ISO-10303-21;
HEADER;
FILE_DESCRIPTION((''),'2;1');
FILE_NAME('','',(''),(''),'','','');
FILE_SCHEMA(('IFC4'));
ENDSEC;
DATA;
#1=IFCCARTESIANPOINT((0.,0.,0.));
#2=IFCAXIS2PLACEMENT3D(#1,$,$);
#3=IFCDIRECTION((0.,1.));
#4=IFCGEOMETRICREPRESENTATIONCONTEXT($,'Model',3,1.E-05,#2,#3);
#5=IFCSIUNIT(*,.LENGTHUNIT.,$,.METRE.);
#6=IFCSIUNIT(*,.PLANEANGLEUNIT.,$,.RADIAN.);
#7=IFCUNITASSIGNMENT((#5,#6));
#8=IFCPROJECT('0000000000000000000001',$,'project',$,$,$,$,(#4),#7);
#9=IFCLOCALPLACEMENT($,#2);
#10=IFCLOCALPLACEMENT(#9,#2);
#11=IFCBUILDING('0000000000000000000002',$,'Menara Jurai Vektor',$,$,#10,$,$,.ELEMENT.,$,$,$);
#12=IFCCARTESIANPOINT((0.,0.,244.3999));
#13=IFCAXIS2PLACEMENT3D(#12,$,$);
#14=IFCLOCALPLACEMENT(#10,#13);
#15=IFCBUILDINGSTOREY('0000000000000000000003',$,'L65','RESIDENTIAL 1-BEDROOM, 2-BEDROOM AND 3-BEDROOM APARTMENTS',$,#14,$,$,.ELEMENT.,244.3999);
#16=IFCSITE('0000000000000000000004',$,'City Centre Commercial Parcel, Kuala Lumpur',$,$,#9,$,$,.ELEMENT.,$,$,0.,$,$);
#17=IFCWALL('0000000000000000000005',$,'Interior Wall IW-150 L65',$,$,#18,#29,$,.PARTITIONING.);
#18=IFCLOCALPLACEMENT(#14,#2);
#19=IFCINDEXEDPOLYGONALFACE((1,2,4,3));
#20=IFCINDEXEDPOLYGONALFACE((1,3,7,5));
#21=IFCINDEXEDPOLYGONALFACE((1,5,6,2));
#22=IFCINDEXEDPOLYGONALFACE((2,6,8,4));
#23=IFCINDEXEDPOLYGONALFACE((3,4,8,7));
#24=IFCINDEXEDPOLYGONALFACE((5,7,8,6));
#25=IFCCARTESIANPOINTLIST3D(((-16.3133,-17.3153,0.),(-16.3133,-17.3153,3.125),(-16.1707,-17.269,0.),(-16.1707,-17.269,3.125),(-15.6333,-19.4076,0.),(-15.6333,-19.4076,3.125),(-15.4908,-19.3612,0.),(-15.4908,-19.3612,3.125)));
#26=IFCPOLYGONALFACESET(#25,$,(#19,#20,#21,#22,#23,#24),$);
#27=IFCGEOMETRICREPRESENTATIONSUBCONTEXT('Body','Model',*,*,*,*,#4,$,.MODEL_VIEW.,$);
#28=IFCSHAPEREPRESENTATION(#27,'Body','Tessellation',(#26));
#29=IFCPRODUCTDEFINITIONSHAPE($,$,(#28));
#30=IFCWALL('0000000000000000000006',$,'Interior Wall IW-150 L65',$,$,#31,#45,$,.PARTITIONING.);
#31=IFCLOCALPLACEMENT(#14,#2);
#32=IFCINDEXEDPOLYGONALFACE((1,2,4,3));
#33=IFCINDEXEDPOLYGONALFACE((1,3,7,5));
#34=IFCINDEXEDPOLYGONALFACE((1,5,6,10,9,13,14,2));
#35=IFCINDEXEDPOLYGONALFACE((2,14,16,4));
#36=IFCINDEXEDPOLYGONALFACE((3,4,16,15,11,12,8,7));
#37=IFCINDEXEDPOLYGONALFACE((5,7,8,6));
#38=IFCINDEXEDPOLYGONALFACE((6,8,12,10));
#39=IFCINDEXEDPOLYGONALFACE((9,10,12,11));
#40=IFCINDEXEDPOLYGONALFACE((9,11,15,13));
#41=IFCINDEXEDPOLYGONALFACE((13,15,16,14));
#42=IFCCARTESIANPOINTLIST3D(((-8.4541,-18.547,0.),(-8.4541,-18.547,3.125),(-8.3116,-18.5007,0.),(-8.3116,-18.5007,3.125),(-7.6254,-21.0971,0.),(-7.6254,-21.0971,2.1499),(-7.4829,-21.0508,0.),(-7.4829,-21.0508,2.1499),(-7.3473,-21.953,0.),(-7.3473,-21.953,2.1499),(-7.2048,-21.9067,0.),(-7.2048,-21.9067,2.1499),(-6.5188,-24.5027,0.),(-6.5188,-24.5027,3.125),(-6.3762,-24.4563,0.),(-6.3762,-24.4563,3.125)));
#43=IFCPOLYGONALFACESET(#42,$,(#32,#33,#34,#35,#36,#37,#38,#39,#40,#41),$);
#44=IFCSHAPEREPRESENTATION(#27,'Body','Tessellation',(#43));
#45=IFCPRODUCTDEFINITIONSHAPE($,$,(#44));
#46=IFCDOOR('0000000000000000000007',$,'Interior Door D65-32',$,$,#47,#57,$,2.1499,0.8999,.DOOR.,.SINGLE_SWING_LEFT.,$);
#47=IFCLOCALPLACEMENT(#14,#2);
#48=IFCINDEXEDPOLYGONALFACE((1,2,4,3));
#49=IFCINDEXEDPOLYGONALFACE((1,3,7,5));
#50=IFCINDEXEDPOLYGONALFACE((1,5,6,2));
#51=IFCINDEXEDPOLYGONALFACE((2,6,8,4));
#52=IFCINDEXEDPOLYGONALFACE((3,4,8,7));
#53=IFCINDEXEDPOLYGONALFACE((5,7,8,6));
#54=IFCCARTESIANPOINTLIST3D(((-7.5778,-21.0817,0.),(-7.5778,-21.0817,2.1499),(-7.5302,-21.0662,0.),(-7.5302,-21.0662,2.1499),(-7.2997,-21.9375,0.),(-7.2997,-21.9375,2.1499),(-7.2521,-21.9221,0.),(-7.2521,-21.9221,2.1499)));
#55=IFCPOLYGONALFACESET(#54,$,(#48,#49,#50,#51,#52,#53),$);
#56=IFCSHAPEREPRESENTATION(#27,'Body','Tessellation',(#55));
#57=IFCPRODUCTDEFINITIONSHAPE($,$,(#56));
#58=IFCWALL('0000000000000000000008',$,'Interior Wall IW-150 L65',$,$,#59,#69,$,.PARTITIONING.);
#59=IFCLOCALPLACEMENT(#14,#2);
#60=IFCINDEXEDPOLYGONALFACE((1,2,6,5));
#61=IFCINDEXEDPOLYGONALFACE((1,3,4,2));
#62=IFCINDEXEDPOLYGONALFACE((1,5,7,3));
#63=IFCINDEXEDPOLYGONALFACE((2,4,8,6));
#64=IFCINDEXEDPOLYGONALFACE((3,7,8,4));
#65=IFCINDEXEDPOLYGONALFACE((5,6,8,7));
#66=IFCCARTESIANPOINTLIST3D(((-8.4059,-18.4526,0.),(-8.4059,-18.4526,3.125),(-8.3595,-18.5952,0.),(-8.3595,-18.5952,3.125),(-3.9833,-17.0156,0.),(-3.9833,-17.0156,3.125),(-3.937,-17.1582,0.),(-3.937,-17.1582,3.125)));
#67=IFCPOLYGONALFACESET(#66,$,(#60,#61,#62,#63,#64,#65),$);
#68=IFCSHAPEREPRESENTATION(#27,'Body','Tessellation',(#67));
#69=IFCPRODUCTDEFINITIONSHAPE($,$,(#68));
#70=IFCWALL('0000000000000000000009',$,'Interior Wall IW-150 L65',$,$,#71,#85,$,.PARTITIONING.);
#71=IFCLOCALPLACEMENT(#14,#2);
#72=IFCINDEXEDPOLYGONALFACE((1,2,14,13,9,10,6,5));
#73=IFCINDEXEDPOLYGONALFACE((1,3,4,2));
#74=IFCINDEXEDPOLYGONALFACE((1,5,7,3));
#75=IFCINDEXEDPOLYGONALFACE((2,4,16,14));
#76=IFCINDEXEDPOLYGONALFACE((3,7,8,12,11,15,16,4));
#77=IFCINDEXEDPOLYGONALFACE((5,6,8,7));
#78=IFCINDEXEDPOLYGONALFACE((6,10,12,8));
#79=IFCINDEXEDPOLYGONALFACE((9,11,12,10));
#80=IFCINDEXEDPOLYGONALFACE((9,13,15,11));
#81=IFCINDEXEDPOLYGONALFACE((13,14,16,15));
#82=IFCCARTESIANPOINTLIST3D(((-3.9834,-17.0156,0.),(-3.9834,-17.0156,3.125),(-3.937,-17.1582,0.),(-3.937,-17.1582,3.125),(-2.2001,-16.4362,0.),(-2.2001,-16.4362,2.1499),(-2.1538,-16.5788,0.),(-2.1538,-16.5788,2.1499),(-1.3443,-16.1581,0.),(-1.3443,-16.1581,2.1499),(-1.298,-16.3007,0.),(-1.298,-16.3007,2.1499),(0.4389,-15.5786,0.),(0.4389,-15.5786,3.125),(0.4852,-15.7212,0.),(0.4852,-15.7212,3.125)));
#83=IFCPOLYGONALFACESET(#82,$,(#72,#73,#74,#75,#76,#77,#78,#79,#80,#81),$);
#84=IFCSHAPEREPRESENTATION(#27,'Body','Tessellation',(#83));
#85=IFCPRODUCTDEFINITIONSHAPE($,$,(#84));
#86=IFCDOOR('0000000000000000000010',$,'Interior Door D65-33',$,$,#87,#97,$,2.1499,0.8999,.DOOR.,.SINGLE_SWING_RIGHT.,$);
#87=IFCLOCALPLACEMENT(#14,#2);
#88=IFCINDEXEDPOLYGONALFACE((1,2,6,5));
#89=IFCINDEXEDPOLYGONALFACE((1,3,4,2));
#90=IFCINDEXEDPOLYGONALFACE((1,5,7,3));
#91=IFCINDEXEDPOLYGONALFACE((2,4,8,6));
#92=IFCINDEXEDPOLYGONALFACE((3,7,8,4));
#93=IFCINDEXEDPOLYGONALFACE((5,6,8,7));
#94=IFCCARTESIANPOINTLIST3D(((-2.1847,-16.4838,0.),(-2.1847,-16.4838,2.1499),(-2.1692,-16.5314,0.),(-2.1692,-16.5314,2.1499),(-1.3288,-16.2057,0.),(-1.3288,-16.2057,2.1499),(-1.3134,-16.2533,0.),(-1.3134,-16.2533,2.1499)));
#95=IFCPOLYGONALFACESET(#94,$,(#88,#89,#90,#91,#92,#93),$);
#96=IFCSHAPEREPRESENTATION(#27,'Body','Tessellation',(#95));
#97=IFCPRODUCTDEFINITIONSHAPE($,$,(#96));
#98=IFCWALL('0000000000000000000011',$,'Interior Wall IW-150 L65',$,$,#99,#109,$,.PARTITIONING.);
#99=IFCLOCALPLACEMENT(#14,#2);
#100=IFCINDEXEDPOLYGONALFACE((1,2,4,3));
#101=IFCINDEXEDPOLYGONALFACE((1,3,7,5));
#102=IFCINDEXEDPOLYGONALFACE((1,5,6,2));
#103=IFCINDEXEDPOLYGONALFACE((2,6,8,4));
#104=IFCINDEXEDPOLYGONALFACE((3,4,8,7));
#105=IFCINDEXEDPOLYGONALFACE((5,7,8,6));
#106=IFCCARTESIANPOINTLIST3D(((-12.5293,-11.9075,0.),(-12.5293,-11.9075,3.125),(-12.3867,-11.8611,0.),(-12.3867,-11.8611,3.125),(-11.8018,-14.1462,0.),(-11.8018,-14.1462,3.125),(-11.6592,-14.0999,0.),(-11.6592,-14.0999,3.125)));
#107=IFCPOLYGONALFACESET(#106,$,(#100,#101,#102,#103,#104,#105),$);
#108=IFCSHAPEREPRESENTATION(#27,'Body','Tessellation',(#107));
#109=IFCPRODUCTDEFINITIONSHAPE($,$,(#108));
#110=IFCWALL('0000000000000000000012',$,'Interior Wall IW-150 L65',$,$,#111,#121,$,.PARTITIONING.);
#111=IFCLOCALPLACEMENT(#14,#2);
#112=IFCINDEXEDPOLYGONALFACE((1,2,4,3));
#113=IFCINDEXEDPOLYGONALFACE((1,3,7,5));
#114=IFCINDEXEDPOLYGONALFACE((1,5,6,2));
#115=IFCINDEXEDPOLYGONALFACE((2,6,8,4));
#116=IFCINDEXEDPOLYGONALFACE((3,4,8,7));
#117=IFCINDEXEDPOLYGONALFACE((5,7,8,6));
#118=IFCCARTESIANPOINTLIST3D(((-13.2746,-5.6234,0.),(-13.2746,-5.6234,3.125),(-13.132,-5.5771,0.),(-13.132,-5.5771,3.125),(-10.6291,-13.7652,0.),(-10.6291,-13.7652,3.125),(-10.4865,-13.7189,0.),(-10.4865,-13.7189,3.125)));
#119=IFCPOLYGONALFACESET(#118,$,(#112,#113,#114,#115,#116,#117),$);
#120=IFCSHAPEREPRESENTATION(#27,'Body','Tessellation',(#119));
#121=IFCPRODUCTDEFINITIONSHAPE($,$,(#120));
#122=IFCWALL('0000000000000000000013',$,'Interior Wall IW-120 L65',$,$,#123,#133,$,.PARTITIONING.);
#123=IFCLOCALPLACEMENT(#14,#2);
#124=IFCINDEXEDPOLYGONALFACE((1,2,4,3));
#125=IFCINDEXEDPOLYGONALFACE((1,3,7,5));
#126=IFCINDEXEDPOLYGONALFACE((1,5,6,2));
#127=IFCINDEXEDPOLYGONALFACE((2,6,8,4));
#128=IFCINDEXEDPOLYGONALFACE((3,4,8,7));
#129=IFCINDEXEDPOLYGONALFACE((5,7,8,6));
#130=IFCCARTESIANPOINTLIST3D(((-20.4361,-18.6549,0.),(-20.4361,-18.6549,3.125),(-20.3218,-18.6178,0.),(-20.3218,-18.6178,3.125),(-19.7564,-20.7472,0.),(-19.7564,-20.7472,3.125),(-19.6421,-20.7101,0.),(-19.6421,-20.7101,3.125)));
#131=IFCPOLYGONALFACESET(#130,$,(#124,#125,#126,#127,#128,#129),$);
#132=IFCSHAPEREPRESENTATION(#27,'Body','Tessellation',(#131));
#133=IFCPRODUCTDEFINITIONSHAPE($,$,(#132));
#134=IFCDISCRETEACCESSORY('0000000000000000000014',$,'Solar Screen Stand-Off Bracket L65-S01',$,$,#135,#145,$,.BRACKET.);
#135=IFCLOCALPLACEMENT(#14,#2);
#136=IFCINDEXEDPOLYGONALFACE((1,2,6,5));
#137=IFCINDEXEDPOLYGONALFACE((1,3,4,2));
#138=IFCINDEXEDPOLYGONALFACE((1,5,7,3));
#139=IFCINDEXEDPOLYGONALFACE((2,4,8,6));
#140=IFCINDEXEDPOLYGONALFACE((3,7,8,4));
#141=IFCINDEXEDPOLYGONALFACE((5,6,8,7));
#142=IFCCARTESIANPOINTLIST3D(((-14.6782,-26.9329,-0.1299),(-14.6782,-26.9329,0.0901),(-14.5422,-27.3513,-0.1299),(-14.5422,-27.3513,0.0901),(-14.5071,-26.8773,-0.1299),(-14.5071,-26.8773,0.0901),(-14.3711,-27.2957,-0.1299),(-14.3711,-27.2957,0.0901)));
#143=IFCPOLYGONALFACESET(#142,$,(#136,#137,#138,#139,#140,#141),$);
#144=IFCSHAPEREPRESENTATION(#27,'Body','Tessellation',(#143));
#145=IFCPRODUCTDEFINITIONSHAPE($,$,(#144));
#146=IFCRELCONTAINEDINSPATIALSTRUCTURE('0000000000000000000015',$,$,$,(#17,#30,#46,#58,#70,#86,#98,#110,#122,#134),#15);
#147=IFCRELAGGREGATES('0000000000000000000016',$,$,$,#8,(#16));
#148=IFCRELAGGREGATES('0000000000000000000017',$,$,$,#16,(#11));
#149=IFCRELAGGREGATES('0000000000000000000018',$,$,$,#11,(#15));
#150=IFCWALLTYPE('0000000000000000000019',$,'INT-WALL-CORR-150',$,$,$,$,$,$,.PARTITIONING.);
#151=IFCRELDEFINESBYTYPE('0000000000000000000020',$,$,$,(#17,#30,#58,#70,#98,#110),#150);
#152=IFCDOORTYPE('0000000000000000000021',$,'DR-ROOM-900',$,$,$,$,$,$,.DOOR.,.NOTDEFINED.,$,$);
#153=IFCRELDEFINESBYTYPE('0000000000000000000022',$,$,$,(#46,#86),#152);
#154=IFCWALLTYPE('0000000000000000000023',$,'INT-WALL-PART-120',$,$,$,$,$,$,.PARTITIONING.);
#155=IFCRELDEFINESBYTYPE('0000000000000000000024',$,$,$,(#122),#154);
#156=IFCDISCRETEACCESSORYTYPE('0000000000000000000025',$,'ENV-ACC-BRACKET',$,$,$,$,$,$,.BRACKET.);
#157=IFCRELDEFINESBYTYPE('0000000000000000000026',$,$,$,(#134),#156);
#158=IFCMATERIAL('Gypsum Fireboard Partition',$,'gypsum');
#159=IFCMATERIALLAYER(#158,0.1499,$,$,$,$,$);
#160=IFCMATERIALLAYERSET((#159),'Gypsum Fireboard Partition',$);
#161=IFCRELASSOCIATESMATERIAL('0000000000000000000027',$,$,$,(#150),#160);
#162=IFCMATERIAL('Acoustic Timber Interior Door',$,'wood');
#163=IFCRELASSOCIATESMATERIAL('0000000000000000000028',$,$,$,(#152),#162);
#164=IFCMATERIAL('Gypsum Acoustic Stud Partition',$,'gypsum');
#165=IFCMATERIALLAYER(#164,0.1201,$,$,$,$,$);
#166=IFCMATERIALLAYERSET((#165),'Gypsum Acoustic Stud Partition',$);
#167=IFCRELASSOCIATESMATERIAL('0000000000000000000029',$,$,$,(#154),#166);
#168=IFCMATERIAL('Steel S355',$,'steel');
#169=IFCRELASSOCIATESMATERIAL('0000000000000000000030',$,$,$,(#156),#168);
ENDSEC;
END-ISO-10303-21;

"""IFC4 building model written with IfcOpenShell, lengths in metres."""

from ifc_helpers import new_model, si_unit, direction, frame, frame_2d, origin, origin_2d, place, context, subcontext, project, spatial, rectangle, extrude, material, layer, layer_set, type_object, element, fill, save


model = new_model("IFC4")

# Units and contexts
model_context = context("Model", 3, precision=1e-05, world=origin(), true_north=direction((0.0, 1.0)))
body_context = subcontext(model_context, "Body", "Model", "MODEL_VIEW")
ifc_project = project(units=[si_unit("LENGTHUNIT", "METRE"), si_unit("PLANEANGLEUNIT", "RADIAN")], contexts=[model_context])

# Site, building, storey
site_placement = place(None, origin())
site = spatial("IfcSite", under=ifc_project, at=site_placement, Name="City Centre Commercial Parcel, Kuala Lumpur", CompositionType="ELEMENT", RefElevation=0.0)
building_placement = place(site_placement, origin())
building = spatial("IfcBuilding", under=site, at=building_placement, Name="Menara Jurai Vektor", CompositionType="ELEMENT")
storey_placement = place(building_placement, frame((0.0, 0.0, 244.3999)))
storey = spatial("IfcBuildingStorey", under=building, at=storey_placement, Name="L65", Description="RESIDENTIAL 1-BEDROOM, 2-BEDROOM AND 3-BEDROOM APARTMENTS", CompositionType="ELEMENT", Elevation=244.3999)

# Shared definitions
ifc_material_1 = material(Name="Steel S355", Category="steel")

# Shared definitions
ifc_material_2 = material(Name="Gypsum Fireboard Partition", Category="gypsum")
ifc_layer_1 = layer(ifc_material_2, 0.1499)
ifc_layer_set_1 = layer_set([ifc_layer_1], Name="Gypsum Fireboard Partition")
wall_type_1 = type_object("IfcWallType", Name="INT-WALL-CORR-150", PredefinedType="PARTITIONING", material=ifc_layer_set_1)

# Wall
wall_1_placement = place(storey_placement, frame((-15.562, -19.3845, 0.0), z_axis=(0.0, 0.0, 1.0), x_axis=(-0.309061, 0.951042, 0.0)))
element("IfcWall", 1, at=wall_1_placement, inside=storey, type_object=wall_type_1, Name="Interior Wall IW-150 L65", PredefinedType="PARTITIONING", context=body_context, shape_type="SweptSolid", body=[
    extrude(rectangle(XDim=2.2, YDim=0.1499, at=frame_2d((1.1001, 0.0))), origin(), (0.0, 0.0, 1.0), 3.125),
])

# Wall, opening, door
wall_2_placement = place(storey_placement, frame((-6.4475, -24.4795, 0.0), z_axis=(0.0, 0.0, 1.0), x_axis=(-0.309049, 0.951046, 0.0)))
wall_2 = element("IfcWall", 2, at=wall_2_placement, inside=storey, type_object=wall_type_1, Name="Interior Wall IW-150 L65", PredefinedType="PARTITIONING", context=body_context, shape_type="SweptSolid", body=[
    extrude(rectangle(XDim=6.2622, YDim=0.1499, at=frame_2d((3.1311, 0.0))), origin(), (0.0, 0.0, 1.0), 3.125),
])
opening_1_placement = place(wall_2_placement, frame((2.6809, 0.0, 0.0)))
opening_1 = element("IfcOpeningElement", 3, at=opening_1_placement, cuts=wall_2, PredefinedType="OPENING", context=body_context, shape_type="SweptSolid", body=[
    extrude(rectangle(XDim=0.8999, YDim=2.1499, at=frame_2d((0.45, 1.075))), frame((0.0, 0.085, 0.0), z_axis=(0.0, -1.0, 0.0), x_axis=(1.0, 0.0, 0.0)), (0.0, 0.0, 1.0), 0.1699),
])
ifc_material_3 = material(Name="Acoustic Timber Interior Door", Category="wood")
door_type_1 = type_object("IfcDoorType", Name="DR-ROOM-900", OperationType="NOTDEFINED", PredefinedType="DOOR", material=ifc_material_3)
door_1_placement = place(opening_1_placement, origin())
door_1 = element("IfcDoor", 4, at=door_1_placement, inside=storey, type_object=door_type_1, Name="Interior Door D65-32", OperationType="SINGLE_SWING_LEFT", OverallHeight=2.1499, OverallWidth=0.8999, PredefinedType="DOOR", context=body_context, shape_type="SweptSolid", body=[
    extrude(rectangle(XDim=0.8999, YDim=2.1499, at=frame_2d((0.45, 1.075))), frame((0.0, 0.0249, 0.0), z_axis=(0.0, -1.0, 0.0), x_axis=(1.0, 0.0, 0.0)), (0.0, 0.0, 1.0), 0.05),
])
fill(opening_1, door_1)

# Wall
wall_3_placement = place(storey_placement, frame((-8.3828, -18.5239, 0.0), z_axis=(0.0, 0.0, 1.0), x_axis=(0.951055, 0.309021, 0.0)))
element("IfcWall", 5, at=wall_3_placement, inside=storey, type_object=wall_type_1, Name="Interior Wall IW-150 L65", PredefinedType="PARTITIONING", context=body_context, shape_type="SweptSolid", body=[
    extrude(rectangle(XDim=4.6501, YDim=0.1499, at=frame_2d((2.3252, 0.0))), origin(), (0.0, 0.0, 1.0), 3.125),
])

# Wall, opening, door
wall_4_placement = place(storey_placement, frame((-3.9602, -17.0869, 0.0), z_axis=(0.0, 0.0, 1.0), x_axis=(0.95105, 0.309036, 0.0)))
wall_4 = element("IfcWall", 6, at=wall_4_placement, inside=storey, type_object=wall_type_1, Name="Interior Wall IW-150 L65", PredefinedType="PARTITIONING", context=body_context, shape_type="SweptSolid", body=[
    extrude(rectangle(XDim=4.6499, YDim=0.1499, at=frame_2d((2.325, 0.0))), origin(), (0.0, 0.0, 1.0), 3.125),
])
opening_2_placement = place(wall_4_placement, frame((1.875, 0.0, 0.0)))
opening_2 = element("IfcOpeningElement", 7, at=opening_2_placement, cuts=wall_4, PredefinedType="OPENING", context=body_context, shape_type="SweptSolid", body=[
    extrude(rectangle(XDim=0.8999, YDim=2.1499, at=frame_2d((0.45, 1.075))), frame((0.0, 0.085, 0.0), z_axis=(0.0, -1.0, 0.0), x_axis=(1.0, 0.0, 0.0)), (0.0, 0.0, 1.0), 0.1699),
])
door_2_placement = place(opening_2_placement, origin())
door_2 = element("IfcDoor", 8, at=door_2_placement, inside=storey, type_object=door_type_1, Name="Interior Door D65-33", OperationType="SINGLE_SWING_RIGHT", OverallHeight=2.1499, OverallWidth=0.8999, PredefinedType="DOOR", context=body_context, shape_type="SweptSolid", body=[
    extrude(rectangle(XDim=0.8999, YDim=2.1499, at=frame_2d((0.45, 1.075))), frame((0.0, 0.0249, 0.0), z_axis=(0.0, -1.0, 0.0), x_axis=(1.0, 0.0, 0.0)), (0.0, 0.0, 1.0), 0.05),
])
fill(opening_2, door_2)

# Walls
wall_5_placement = place(storey_placement, frame((-11.7305, -14.123, 0.0), z_axis=(0.0, 0.0, 1.0), x_axis=(-0.309063, 0.951042, 0.0)))
element("IfcWall", 9, at=wall_5_placement, inside=storey, type_object=wall_type_1, Name="Interior Wall IW-150 L65", PredefinedType="PARTITIONING", context=body_context, shape_type="SweptSolid", body=[
    extrude(rectangle(XDim=2.354, YDim=0.1499, at=frame_2d((1.177, 0.0))), origin(), (0.0, 0.0, 1.0), 3.125),
])
wall_6_placement = place(storey_placement, frame((-10.5579, -13.7419, 0.0), z_axis=(0.0, 0.0, 1.0), x_axis=(-0.309024, 0.951054, 0.0)))
element("IfcWall", 10, at=wall_6_placement, inside=storey, type_object=wall_type_1, Name="Interior Wall IW-150 L65", PredefinedType="PARTITIONING", context=body_context, shape_type="SweptSolid", body=[
    extrude(rectangle(XDim=8.5608, YDim=0.1499, at=frame_2d((4.2803, 0.0))), origin(), (0.0, 0.0, 1.0), 3.125),
])
ifc_material_4 = material(Name="Gypsum Acoustic Stud Partition", Category="gypsum")
ifc_layer_2 = layer(ifc_material_4, 0.1201)
ifc_layer_set_2 = layer_set([ifc_layer_2], Name="Gypsum Acoustic Stud Partition")
wall_type_2 = type_object("IfcWallType", Name="INT-WALL-PART-120", PredefinedType="PARTITIONING", material=ifc_layer_set_2)
wall_7_placement = place(storey_placement, frame((-19.6992, -20.7288, 0.0), z_axis=(0.0, 0.0, 1.0), x_axis=(-0.308961, 0.951075, 0.0)))
element("IfcWall", 11, at=wall_7_placement, inside=storey, type_object=wall_type_2, Name="Interior Wall IW-120 L65", PredefinedType="PARTITIONING", context=body_context, shape_type="SweptSolid", body=[
    extrude(rectangle(XDim=2.2, YDim=0.1201, at=frame_2d((1.1001, 0.0))), origin(), (0.0, 0.0, 1.0), 3.125),
])

# Discrete accessory
discrete_accessory_type = type_object("IfcDiscreteAccessoryType", Name="ENV-ACC-BRACKET", PredefinedType="BRACKET", material=ifc_material_1)
discrete_accessory_placement = place(storey_placement, frame((-14.5247, -27.1143, -0.1299), z_axis=(0.0, 0.0, 1.0), x_axis=(0.951057, 0.309017, 0.0)))
element("IfcDiscreteAccessory", 12, at=discrete_accessory_placement, inside=storey, type_object=discrete_accessory_type, Name="Solar Screen Stand-Off Bracket L65-S01", PredefinedType="BRACKET", context=body_context, shape_type="SweptSolid", body=[
    extrude(rectangle(XDim=0.1799, YDim=0.4399, at=origin_2d()), origin(), (0.0, 0.0, 1.0), 0.22),
])

save(model, "model.ifc")
